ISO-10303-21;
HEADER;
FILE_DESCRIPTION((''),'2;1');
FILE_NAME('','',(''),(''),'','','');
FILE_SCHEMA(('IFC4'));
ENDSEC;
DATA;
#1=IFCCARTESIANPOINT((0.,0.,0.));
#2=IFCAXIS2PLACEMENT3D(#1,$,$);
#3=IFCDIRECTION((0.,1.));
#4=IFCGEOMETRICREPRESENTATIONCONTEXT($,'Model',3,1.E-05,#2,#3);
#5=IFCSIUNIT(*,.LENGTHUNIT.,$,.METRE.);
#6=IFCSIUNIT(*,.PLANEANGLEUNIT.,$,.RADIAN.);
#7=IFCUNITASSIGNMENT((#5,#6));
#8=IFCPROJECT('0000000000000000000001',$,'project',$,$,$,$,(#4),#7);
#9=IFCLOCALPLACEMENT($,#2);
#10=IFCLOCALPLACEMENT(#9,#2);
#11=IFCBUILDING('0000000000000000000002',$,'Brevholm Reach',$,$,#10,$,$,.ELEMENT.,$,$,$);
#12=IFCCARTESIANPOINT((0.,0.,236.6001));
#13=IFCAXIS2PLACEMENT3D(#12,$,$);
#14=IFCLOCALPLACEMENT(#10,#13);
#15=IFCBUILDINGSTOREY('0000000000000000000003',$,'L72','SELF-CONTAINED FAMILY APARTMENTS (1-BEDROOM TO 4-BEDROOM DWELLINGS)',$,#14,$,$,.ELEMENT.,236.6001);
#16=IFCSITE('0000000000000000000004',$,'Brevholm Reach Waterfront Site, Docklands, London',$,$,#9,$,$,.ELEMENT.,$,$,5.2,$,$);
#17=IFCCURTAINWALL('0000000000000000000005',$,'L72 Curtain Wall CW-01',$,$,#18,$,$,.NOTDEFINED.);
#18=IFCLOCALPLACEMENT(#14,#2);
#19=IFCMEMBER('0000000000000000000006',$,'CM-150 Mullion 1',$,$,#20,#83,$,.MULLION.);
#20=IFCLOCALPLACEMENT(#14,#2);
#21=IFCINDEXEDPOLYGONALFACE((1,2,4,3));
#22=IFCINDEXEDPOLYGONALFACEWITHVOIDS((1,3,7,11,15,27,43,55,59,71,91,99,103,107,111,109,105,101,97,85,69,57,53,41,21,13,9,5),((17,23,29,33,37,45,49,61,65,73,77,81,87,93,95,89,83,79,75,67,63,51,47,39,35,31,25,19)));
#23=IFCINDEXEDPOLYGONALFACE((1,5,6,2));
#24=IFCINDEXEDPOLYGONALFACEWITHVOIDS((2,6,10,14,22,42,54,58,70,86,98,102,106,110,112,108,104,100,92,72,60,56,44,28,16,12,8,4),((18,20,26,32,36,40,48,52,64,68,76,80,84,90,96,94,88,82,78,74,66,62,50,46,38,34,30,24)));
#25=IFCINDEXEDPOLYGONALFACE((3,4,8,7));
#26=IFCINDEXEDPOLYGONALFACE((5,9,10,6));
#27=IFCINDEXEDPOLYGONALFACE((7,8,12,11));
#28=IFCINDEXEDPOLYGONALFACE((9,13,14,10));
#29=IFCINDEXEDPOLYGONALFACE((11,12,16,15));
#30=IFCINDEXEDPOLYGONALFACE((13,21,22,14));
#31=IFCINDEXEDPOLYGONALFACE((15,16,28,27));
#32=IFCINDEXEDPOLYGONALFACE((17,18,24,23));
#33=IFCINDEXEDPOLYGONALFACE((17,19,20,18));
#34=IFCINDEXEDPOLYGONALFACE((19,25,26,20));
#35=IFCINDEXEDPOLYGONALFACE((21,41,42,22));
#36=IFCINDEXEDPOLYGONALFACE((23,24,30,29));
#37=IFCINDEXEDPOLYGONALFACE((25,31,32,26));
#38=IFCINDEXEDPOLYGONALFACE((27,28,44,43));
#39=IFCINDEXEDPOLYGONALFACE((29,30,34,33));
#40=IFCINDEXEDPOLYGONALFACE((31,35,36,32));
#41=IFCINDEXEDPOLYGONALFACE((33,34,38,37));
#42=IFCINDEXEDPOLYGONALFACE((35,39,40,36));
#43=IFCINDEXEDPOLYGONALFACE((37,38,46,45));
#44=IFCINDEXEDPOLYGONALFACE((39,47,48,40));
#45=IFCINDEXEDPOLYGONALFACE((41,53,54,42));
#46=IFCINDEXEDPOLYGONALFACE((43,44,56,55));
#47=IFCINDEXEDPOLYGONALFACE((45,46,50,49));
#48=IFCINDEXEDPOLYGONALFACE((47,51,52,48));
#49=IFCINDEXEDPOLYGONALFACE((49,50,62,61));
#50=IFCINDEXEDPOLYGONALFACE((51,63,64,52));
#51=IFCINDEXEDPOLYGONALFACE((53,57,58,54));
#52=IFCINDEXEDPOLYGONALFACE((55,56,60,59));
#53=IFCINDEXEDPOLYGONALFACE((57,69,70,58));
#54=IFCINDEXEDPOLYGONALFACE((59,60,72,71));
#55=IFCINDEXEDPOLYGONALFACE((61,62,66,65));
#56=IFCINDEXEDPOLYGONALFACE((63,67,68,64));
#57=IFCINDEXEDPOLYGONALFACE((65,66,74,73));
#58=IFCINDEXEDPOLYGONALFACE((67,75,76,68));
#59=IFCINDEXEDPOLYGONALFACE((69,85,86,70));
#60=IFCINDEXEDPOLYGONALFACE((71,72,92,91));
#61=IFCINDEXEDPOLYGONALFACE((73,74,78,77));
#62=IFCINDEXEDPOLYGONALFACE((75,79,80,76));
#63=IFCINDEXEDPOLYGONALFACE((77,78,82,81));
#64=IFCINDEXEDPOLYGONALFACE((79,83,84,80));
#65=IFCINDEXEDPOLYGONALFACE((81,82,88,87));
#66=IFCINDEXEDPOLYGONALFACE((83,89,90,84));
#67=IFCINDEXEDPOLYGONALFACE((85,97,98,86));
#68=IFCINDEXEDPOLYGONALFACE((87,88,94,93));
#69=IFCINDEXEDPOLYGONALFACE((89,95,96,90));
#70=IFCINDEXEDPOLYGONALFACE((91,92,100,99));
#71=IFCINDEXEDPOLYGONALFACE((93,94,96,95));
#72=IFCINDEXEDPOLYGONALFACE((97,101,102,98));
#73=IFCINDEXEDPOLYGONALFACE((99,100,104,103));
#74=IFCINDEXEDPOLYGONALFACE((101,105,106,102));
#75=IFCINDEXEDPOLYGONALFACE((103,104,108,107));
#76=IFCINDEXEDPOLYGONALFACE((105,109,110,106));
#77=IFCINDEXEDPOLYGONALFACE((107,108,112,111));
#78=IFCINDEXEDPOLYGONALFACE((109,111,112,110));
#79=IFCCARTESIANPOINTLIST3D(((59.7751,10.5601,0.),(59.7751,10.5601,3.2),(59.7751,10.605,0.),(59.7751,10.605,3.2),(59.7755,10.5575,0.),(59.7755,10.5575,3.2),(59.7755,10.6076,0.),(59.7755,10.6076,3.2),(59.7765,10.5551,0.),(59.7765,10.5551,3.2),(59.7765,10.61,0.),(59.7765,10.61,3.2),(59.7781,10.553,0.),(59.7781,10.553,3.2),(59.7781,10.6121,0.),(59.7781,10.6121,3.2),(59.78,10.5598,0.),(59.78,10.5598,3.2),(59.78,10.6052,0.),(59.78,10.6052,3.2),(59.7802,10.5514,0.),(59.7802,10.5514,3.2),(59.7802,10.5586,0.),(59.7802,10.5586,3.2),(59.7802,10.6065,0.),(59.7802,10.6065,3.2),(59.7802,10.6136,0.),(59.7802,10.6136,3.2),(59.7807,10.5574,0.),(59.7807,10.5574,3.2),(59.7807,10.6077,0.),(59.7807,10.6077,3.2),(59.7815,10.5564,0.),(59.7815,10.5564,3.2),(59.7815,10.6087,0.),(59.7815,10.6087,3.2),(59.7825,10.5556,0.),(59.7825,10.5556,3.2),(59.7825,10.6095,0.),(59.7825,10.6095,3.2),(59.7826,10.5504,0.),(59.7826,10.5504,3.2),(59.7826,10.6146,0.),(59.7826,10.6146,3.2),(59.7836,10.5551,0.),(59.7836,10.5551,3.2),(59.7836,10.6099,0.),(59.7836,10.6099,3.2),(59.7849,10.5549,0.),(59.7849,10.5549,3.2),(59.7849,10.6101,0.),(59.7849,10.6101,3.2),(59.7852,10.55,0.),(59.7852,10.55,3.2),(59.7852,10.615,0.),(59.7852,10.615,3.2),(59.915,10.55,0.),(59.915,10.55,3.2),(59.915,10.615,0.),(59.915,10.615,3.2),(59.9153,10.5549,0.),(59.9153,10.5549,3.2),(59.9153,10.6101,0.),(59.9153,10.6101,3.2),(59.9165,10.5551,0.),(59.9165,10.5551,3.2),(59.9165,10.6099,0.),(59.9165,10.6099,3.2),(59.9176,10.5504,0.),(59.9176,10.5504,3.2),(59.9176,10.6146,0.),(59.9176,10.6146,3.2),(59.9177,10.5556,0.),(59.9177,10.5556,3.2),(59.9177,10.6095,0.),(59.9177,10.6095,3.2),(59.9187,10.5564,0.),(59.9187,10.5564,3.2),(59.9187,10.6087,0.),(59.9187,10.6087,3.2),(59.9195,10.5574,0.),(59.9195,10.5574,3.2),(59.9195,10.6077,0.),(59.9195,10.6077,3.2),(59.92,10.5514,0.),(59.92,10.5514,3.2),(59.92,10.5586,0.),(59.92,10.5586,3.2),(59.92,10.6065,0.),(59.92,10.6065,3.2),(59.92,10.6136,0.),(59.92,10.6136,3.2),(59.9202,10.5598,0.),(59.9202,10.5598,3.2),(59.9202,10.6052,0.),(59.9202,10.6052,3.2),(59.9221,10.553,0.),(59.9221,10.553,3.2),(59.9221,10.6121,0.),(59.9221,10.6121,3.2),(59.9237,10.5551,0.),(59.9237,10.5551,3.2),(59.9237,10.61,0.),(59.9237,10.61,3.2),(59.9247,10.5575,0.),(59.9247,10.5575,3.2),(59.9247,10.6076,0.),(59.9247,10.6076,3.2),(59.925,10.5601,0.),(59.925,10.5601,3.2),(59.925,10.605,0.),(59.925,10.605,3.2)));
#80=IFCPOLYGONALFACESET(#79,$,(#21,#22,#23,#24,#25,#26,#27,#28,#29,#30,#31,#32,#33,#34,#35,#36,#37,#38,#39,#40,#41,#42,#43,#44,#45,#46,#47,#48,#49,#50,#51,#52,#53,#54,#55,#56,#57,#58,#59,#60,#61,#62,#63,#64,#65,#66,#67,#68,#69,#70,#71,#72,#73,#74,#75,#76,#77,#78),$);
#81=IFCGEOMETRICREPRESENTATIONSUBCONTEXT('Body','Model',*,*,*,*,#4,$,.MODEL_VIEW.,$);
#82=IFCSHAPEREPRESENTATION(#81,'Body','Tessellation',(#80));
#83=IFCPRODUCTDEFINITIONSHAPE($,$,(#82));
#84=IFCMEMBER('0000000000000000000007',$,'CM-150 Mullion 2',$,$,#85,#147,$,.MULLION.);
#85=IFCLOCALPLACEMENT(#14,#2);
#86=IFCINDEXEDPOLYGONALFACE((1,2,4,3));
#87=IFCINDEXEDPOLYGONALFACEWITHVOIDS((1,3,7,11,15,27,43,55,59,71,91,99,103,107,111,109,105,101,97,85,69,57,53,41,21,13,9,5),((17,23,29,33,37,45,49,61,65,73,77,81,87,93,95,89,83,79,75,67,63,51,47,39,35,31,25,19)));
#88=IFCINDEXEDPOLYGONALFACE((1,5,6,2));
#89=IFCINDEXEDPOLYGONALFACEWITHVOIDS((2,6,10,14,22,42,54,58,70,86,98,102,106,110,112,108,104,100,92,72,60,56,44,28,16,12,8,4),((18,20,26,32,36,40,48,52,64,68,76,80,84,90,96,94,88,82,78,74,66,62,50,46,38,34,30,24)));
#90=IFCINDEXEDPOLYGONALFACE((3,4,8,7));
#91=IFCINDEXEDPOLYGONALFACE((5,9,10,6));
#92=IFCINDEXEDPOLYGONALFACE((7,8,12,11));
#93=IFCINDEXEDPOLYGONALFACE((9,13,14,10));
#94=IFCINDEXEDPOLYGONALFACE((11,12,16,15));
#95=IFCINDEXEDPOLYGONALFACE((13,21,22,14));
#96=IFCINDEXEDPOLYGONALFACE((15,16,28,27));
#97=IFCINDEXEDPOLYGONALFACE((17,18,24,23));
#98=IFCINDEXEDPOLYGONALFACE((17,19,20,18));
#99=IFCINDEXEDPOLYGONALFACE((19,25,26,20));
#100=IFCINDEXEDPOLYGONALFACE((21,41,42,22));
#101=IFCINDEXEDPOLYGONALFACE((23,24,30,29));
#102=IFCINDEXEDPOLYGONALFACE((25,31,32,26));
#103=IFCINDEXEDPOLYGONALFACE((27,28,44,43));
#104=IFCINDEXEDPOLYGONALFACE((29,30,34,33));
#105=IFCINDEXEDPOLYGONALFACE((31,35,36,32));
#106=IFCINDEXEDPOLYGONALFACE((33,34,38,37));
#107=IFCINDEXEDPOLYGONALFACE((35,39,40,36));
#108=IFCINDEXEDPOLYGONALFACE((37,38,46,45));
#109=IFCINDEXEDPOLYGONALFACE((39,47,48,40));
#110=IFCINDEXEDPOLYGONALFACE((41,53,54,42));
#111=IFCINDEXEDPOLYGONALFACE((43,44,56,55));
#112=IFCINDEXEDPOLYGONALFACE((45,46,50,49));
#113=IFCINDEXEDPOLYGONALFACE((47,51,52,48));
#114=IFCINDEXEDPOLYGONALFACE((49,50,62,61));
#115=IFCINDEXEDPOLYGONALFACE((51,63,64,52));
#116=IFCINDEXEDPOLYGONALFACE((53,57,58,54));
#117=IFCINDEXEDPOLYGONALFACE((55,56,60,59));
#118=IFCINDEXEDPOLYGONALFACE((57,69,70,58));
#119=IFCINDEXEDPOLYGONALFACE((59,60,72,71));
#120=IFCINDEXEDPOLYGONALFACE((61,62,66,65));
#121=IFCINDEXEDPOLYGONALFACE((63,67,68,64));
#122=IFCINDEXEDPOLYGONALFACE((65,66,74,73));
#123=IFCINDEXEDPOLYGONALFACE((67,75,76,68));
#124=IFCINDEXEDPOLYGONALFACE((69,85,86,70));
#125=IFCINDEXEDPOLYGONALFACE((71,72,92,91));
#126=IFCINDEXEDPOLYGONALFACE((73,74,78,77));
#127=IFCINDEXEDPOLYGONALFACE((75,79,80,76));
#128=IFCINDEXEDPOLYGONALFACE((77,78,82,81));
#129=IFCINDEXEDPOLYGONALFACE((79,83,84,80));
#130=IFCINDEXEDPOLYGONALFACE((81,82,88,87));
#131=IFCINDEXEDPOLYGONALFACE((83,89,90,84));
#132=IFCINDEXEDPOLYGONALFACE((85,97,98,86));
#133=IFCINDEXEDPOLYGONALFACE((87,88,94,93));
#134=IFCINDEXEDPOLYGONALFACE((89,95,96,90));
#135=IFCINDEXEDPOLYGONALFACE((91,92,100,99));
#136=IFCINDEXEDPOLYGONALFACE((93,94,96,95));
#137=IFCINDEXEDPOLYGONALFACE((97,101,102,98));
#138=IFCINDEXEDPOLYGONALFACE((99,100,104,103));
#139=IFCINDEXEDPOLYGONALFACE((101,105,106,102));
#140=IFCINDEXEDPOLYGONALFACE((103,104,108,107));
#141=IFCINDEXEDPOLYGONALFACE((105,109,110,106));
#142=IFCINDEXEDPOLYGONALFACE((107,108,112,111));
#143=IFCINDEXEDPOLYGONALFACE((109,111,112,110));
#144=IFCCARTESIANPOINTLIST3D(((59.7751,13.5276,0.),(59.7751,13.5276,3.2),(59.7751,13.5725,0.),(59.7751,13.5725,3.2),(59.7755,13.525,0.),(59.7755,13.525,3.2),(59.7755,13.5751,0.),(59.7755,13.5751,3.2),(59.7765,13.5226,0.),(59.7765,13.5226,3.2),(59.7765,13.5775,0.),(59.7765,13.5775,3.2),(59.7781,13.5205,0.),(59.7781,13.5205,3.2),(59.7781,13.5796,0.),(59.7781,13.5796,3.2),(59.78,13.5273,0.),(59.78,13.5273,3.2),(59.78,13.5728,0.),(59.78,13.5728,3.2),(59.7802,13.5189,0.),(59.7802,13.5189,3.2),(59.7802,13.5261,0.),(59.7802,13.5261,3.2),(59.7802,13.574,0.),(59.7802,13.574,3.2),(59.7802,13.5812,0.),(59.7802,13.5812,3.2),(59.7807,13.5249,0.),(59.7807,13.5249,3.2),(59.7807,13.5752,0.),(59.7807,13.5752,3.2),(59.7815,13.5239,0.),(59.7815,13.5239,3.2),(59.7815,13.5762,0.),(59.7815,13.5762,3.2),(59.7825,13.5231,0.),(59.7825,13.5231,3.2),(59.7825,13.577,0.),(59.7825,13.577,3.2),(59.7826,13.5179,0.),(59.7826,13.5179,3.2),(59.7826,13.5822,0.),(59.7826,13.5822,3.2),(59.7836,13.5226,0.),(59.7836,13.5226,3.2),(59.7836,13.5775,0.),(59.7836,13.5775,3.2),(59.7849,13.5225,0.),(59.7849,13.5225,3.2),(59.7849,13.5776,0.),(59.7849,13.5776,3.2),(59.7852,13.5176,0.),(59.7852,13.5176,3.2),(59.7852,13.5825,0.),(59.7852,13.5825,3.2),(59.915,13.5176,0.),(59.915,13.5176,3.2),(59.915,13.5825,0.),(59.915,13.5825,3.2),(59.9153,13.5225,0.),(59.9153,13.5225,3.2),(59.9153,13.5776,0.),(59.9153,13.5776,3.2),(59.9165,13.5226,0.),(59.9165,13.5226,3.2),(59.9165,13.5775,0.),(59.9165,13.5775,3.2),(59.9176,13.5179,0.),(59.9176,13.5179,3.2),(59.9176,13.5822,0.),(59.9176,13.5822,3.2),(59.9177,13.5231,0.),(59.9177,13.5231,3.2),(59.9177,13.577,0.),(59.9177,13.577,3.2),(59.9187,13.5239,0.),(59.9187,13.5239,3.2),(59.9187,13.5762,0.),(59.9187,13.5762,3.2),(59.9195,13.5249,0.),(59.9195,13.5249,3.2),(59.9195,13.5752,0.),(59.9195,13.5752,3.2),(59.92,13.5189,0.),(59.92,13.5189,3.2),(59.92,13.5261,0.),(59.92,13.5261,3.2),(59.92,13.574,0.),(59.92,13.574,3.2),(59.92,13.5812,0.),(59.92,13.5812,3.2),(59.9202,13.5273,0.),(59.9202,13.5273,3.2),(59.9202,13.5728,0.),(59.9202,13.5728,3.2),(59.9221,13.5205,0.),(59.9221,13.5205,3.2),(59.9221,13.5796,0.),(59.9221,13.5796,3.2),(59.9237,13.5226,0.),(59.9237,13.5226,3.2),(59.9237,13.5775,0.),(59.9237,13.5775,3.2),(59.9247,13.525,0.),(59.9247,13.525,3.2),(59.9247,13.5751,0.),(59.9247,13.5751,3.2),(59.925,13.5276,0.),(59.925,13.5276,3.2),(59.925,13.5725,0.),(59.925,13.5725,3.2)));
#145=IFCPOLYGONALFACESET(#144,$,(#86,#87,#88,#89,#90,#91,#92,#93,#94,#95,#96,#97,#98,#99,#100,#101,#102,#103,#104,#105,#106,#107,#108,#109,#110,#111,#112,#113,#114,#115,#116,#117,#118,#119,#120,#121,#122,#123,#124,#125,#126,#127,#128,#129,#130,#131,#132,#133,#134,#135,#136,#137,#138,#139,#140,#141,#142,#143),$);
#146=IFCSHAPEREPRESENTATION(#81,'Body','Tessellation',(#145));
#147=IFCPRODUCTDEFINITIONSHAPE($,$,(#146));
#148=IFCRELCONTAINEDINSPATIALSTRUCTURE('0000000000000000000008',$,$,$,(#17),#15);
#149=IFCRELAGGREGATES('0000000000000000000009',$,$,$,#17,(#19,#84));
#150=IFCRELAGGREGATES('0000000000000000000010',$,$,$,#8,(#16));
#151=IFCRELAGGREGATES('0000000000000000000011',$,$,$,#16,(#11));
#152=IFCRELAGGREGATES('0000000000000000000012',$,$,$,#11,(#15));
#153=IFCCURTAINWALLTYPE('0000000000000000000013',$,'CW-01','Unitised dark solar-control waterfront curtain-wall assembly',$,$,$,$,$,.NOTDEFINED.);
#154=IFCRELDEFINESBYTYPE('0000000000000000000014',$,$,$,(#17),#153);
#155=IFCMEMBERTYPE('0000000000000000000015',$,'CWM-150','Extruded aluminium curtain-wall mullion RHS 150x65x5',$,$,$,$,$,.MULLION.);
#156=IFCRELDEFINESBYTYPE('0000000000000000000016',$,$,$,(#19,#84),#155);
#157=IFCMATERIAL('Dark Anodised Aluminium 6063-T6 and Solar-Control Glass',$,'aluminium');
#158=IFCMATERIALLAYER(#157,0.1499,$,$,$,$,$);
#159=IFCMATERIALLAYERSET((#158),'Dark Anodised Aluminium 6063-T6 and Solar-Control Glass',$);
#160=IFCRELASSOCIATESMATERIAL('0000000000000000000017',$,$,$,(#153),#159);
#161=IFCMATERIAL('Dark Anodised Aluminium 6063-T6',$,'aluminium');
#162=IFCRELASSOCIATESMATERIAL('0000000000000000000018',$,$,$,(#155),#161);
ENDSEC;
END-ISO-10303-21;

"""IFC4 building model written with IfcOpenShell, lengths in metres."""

from ifc_helpers import new_model, si_unit, direction, frame, origin, origin_2d, place, context, subcontext, project, spatial, hollow_rectangle, extrude, material, layer, layer_set, material_profile, profile_set, type_object, element, aggregate, save


model = new_model("IFC4")

# Units and contexts
model_context = context("Model", 3, precision=1e-05, world=origin(), true_north=direction((0.0, 1.0)))
body_context = subcontext(model_context, "Body", "Model", "MODEL_VIEW")
ifc_project = project(units=[si_unit("LENGTHUNIT", "METRE"), si_unit("PLANEANGLEUNIT", "RADIAN")], contexts=[model_context])

# Site, building, storey
site_placement = place(None, origin())
site = spatial("IfcSite", under=ifc_project, at=site_placement, Name="Brevholm Reach Waterfront Site, Docklands, London", CompositionType="ELEMENT", RefElevation=5.2)
building_placement = place(site_placement, origin())
building = spatial("IfcBuilding", under=site, at=building_placement, Name="Brevholm Reach", CompositionType="ELEMENT")
storey_placement = place(building_placement, frame((0.0, 0.0, 236.6001)))
storey = spatial("IfcBuildingStorey", under=building, at=storey_placement, Name="L72", Description="SELF-CONTAINED FAMILY APARTMENTS (1-BEDROOM TO 4-BEDROOM DWELLINGS)", CompositionType="ELEMENT", Elevation=236.6001)

# Curtain wall, members
ifc_material_1 = material(Name="Dark Anodised Aluminium 6063-T6 and Solar-Control Glass", Category="aluminium")
ifc_layer_1 = layer(ifc_material_1, 0.1499)
ifc_layer_set_1 = layer_set([ifc_layer_1], Name="Dark Anodised Aluminium 6063-T6 and Solar-Control Glass")
curtain_wall_type = type_object("IfcCurtainWallType", Name="CW-01", Description="Unitised dark solar-control waterfront curtain-wall assembly", PredefinedType="NOTDEFINED", material=ifc_layer_set_1)
curtain_wall_placement = place(storey_placement, origin())
curtain_wall = element("IfcCurtainWall", 1, at=curtain_wall_placement, inside=storey, type_object=curtain_wall_type, Name="L72 Curtain Wall CW-01", PredefinedType="NOTDEFINED")
ifc_material_2 = material(Name="Dark Anodised Aluminium 6063-T6", Category="aluminium")
ifc_material_profile_1 = material_profile(ifc_material_2, hollow_rectangle(XDim=0.0649, YDim=0.1499, WallThickness=0.0049, InnerFilletRadius=0.0049, OuterFilletRadius=0.01, at=origin_2d()), Name="RHS 150x65x5")
ifc_profile_set_1 = profile_set([ifc_material_profile_1], Name="Dark Anodised Aluminium 6063-T6")
member_type_1 = type_object("IfcMemberType", Name="CWM-150", Description="Extruded aluminium curtain-wall mullion RHS 150x65x5", PredefinedType="MULLION", material=ifc_profile_set_1)
member_1_placement = place(storey_placement, frame((59.8501, 10.5825, 0.0), z_axis=(0.0, 0.0, 1.0), x_axis=(0.0, 1.0, 0.0)))
member_1 = element("IfcMember", 2, at=member_1_placement, type_object=member_type_1, Name="CM-150 Mullion 1", PredefinedType="MULLION", context=body_context, shape_type="SweptSolid", body=[
    extrude(hollow_rectangle(XDim=0.0649, YDim=0.1499, WallThickness=0.0049, InnerFilletRadius=0.0049, OuterFilletRadius=0.01, at=origin_2d()), origin(), (0.0, 0.0, 1.0), 3.2),
])
member_2_placement = place(storey_placement, frame((59.8501, 13.55, 0.0), z_axis=(0.0, 0.0, 1.0), x_axis=(0.0, 1.0, 0.0)))
member_2 = element("IfcMember", 3, at=member_2_placement, type_object=member_type_1, Name="CM-150 Mullion 2", PredefinedType="MULLION", context=body_context, shape_type="SweptSolid", body=[
    extrude(hollow_rectangle(XDim=0.0649, YDim=0.1499, WallThickness=0.0049, InnerFilletRadius=0.0049, OuterFilletRadius=0.01, at=origin_2d()), origin(), (0.0, 0.0, 1.0), 3.2),
])
aggregate(curtain_wall, [member_1, member_2])

save(model, "model.ifc")
